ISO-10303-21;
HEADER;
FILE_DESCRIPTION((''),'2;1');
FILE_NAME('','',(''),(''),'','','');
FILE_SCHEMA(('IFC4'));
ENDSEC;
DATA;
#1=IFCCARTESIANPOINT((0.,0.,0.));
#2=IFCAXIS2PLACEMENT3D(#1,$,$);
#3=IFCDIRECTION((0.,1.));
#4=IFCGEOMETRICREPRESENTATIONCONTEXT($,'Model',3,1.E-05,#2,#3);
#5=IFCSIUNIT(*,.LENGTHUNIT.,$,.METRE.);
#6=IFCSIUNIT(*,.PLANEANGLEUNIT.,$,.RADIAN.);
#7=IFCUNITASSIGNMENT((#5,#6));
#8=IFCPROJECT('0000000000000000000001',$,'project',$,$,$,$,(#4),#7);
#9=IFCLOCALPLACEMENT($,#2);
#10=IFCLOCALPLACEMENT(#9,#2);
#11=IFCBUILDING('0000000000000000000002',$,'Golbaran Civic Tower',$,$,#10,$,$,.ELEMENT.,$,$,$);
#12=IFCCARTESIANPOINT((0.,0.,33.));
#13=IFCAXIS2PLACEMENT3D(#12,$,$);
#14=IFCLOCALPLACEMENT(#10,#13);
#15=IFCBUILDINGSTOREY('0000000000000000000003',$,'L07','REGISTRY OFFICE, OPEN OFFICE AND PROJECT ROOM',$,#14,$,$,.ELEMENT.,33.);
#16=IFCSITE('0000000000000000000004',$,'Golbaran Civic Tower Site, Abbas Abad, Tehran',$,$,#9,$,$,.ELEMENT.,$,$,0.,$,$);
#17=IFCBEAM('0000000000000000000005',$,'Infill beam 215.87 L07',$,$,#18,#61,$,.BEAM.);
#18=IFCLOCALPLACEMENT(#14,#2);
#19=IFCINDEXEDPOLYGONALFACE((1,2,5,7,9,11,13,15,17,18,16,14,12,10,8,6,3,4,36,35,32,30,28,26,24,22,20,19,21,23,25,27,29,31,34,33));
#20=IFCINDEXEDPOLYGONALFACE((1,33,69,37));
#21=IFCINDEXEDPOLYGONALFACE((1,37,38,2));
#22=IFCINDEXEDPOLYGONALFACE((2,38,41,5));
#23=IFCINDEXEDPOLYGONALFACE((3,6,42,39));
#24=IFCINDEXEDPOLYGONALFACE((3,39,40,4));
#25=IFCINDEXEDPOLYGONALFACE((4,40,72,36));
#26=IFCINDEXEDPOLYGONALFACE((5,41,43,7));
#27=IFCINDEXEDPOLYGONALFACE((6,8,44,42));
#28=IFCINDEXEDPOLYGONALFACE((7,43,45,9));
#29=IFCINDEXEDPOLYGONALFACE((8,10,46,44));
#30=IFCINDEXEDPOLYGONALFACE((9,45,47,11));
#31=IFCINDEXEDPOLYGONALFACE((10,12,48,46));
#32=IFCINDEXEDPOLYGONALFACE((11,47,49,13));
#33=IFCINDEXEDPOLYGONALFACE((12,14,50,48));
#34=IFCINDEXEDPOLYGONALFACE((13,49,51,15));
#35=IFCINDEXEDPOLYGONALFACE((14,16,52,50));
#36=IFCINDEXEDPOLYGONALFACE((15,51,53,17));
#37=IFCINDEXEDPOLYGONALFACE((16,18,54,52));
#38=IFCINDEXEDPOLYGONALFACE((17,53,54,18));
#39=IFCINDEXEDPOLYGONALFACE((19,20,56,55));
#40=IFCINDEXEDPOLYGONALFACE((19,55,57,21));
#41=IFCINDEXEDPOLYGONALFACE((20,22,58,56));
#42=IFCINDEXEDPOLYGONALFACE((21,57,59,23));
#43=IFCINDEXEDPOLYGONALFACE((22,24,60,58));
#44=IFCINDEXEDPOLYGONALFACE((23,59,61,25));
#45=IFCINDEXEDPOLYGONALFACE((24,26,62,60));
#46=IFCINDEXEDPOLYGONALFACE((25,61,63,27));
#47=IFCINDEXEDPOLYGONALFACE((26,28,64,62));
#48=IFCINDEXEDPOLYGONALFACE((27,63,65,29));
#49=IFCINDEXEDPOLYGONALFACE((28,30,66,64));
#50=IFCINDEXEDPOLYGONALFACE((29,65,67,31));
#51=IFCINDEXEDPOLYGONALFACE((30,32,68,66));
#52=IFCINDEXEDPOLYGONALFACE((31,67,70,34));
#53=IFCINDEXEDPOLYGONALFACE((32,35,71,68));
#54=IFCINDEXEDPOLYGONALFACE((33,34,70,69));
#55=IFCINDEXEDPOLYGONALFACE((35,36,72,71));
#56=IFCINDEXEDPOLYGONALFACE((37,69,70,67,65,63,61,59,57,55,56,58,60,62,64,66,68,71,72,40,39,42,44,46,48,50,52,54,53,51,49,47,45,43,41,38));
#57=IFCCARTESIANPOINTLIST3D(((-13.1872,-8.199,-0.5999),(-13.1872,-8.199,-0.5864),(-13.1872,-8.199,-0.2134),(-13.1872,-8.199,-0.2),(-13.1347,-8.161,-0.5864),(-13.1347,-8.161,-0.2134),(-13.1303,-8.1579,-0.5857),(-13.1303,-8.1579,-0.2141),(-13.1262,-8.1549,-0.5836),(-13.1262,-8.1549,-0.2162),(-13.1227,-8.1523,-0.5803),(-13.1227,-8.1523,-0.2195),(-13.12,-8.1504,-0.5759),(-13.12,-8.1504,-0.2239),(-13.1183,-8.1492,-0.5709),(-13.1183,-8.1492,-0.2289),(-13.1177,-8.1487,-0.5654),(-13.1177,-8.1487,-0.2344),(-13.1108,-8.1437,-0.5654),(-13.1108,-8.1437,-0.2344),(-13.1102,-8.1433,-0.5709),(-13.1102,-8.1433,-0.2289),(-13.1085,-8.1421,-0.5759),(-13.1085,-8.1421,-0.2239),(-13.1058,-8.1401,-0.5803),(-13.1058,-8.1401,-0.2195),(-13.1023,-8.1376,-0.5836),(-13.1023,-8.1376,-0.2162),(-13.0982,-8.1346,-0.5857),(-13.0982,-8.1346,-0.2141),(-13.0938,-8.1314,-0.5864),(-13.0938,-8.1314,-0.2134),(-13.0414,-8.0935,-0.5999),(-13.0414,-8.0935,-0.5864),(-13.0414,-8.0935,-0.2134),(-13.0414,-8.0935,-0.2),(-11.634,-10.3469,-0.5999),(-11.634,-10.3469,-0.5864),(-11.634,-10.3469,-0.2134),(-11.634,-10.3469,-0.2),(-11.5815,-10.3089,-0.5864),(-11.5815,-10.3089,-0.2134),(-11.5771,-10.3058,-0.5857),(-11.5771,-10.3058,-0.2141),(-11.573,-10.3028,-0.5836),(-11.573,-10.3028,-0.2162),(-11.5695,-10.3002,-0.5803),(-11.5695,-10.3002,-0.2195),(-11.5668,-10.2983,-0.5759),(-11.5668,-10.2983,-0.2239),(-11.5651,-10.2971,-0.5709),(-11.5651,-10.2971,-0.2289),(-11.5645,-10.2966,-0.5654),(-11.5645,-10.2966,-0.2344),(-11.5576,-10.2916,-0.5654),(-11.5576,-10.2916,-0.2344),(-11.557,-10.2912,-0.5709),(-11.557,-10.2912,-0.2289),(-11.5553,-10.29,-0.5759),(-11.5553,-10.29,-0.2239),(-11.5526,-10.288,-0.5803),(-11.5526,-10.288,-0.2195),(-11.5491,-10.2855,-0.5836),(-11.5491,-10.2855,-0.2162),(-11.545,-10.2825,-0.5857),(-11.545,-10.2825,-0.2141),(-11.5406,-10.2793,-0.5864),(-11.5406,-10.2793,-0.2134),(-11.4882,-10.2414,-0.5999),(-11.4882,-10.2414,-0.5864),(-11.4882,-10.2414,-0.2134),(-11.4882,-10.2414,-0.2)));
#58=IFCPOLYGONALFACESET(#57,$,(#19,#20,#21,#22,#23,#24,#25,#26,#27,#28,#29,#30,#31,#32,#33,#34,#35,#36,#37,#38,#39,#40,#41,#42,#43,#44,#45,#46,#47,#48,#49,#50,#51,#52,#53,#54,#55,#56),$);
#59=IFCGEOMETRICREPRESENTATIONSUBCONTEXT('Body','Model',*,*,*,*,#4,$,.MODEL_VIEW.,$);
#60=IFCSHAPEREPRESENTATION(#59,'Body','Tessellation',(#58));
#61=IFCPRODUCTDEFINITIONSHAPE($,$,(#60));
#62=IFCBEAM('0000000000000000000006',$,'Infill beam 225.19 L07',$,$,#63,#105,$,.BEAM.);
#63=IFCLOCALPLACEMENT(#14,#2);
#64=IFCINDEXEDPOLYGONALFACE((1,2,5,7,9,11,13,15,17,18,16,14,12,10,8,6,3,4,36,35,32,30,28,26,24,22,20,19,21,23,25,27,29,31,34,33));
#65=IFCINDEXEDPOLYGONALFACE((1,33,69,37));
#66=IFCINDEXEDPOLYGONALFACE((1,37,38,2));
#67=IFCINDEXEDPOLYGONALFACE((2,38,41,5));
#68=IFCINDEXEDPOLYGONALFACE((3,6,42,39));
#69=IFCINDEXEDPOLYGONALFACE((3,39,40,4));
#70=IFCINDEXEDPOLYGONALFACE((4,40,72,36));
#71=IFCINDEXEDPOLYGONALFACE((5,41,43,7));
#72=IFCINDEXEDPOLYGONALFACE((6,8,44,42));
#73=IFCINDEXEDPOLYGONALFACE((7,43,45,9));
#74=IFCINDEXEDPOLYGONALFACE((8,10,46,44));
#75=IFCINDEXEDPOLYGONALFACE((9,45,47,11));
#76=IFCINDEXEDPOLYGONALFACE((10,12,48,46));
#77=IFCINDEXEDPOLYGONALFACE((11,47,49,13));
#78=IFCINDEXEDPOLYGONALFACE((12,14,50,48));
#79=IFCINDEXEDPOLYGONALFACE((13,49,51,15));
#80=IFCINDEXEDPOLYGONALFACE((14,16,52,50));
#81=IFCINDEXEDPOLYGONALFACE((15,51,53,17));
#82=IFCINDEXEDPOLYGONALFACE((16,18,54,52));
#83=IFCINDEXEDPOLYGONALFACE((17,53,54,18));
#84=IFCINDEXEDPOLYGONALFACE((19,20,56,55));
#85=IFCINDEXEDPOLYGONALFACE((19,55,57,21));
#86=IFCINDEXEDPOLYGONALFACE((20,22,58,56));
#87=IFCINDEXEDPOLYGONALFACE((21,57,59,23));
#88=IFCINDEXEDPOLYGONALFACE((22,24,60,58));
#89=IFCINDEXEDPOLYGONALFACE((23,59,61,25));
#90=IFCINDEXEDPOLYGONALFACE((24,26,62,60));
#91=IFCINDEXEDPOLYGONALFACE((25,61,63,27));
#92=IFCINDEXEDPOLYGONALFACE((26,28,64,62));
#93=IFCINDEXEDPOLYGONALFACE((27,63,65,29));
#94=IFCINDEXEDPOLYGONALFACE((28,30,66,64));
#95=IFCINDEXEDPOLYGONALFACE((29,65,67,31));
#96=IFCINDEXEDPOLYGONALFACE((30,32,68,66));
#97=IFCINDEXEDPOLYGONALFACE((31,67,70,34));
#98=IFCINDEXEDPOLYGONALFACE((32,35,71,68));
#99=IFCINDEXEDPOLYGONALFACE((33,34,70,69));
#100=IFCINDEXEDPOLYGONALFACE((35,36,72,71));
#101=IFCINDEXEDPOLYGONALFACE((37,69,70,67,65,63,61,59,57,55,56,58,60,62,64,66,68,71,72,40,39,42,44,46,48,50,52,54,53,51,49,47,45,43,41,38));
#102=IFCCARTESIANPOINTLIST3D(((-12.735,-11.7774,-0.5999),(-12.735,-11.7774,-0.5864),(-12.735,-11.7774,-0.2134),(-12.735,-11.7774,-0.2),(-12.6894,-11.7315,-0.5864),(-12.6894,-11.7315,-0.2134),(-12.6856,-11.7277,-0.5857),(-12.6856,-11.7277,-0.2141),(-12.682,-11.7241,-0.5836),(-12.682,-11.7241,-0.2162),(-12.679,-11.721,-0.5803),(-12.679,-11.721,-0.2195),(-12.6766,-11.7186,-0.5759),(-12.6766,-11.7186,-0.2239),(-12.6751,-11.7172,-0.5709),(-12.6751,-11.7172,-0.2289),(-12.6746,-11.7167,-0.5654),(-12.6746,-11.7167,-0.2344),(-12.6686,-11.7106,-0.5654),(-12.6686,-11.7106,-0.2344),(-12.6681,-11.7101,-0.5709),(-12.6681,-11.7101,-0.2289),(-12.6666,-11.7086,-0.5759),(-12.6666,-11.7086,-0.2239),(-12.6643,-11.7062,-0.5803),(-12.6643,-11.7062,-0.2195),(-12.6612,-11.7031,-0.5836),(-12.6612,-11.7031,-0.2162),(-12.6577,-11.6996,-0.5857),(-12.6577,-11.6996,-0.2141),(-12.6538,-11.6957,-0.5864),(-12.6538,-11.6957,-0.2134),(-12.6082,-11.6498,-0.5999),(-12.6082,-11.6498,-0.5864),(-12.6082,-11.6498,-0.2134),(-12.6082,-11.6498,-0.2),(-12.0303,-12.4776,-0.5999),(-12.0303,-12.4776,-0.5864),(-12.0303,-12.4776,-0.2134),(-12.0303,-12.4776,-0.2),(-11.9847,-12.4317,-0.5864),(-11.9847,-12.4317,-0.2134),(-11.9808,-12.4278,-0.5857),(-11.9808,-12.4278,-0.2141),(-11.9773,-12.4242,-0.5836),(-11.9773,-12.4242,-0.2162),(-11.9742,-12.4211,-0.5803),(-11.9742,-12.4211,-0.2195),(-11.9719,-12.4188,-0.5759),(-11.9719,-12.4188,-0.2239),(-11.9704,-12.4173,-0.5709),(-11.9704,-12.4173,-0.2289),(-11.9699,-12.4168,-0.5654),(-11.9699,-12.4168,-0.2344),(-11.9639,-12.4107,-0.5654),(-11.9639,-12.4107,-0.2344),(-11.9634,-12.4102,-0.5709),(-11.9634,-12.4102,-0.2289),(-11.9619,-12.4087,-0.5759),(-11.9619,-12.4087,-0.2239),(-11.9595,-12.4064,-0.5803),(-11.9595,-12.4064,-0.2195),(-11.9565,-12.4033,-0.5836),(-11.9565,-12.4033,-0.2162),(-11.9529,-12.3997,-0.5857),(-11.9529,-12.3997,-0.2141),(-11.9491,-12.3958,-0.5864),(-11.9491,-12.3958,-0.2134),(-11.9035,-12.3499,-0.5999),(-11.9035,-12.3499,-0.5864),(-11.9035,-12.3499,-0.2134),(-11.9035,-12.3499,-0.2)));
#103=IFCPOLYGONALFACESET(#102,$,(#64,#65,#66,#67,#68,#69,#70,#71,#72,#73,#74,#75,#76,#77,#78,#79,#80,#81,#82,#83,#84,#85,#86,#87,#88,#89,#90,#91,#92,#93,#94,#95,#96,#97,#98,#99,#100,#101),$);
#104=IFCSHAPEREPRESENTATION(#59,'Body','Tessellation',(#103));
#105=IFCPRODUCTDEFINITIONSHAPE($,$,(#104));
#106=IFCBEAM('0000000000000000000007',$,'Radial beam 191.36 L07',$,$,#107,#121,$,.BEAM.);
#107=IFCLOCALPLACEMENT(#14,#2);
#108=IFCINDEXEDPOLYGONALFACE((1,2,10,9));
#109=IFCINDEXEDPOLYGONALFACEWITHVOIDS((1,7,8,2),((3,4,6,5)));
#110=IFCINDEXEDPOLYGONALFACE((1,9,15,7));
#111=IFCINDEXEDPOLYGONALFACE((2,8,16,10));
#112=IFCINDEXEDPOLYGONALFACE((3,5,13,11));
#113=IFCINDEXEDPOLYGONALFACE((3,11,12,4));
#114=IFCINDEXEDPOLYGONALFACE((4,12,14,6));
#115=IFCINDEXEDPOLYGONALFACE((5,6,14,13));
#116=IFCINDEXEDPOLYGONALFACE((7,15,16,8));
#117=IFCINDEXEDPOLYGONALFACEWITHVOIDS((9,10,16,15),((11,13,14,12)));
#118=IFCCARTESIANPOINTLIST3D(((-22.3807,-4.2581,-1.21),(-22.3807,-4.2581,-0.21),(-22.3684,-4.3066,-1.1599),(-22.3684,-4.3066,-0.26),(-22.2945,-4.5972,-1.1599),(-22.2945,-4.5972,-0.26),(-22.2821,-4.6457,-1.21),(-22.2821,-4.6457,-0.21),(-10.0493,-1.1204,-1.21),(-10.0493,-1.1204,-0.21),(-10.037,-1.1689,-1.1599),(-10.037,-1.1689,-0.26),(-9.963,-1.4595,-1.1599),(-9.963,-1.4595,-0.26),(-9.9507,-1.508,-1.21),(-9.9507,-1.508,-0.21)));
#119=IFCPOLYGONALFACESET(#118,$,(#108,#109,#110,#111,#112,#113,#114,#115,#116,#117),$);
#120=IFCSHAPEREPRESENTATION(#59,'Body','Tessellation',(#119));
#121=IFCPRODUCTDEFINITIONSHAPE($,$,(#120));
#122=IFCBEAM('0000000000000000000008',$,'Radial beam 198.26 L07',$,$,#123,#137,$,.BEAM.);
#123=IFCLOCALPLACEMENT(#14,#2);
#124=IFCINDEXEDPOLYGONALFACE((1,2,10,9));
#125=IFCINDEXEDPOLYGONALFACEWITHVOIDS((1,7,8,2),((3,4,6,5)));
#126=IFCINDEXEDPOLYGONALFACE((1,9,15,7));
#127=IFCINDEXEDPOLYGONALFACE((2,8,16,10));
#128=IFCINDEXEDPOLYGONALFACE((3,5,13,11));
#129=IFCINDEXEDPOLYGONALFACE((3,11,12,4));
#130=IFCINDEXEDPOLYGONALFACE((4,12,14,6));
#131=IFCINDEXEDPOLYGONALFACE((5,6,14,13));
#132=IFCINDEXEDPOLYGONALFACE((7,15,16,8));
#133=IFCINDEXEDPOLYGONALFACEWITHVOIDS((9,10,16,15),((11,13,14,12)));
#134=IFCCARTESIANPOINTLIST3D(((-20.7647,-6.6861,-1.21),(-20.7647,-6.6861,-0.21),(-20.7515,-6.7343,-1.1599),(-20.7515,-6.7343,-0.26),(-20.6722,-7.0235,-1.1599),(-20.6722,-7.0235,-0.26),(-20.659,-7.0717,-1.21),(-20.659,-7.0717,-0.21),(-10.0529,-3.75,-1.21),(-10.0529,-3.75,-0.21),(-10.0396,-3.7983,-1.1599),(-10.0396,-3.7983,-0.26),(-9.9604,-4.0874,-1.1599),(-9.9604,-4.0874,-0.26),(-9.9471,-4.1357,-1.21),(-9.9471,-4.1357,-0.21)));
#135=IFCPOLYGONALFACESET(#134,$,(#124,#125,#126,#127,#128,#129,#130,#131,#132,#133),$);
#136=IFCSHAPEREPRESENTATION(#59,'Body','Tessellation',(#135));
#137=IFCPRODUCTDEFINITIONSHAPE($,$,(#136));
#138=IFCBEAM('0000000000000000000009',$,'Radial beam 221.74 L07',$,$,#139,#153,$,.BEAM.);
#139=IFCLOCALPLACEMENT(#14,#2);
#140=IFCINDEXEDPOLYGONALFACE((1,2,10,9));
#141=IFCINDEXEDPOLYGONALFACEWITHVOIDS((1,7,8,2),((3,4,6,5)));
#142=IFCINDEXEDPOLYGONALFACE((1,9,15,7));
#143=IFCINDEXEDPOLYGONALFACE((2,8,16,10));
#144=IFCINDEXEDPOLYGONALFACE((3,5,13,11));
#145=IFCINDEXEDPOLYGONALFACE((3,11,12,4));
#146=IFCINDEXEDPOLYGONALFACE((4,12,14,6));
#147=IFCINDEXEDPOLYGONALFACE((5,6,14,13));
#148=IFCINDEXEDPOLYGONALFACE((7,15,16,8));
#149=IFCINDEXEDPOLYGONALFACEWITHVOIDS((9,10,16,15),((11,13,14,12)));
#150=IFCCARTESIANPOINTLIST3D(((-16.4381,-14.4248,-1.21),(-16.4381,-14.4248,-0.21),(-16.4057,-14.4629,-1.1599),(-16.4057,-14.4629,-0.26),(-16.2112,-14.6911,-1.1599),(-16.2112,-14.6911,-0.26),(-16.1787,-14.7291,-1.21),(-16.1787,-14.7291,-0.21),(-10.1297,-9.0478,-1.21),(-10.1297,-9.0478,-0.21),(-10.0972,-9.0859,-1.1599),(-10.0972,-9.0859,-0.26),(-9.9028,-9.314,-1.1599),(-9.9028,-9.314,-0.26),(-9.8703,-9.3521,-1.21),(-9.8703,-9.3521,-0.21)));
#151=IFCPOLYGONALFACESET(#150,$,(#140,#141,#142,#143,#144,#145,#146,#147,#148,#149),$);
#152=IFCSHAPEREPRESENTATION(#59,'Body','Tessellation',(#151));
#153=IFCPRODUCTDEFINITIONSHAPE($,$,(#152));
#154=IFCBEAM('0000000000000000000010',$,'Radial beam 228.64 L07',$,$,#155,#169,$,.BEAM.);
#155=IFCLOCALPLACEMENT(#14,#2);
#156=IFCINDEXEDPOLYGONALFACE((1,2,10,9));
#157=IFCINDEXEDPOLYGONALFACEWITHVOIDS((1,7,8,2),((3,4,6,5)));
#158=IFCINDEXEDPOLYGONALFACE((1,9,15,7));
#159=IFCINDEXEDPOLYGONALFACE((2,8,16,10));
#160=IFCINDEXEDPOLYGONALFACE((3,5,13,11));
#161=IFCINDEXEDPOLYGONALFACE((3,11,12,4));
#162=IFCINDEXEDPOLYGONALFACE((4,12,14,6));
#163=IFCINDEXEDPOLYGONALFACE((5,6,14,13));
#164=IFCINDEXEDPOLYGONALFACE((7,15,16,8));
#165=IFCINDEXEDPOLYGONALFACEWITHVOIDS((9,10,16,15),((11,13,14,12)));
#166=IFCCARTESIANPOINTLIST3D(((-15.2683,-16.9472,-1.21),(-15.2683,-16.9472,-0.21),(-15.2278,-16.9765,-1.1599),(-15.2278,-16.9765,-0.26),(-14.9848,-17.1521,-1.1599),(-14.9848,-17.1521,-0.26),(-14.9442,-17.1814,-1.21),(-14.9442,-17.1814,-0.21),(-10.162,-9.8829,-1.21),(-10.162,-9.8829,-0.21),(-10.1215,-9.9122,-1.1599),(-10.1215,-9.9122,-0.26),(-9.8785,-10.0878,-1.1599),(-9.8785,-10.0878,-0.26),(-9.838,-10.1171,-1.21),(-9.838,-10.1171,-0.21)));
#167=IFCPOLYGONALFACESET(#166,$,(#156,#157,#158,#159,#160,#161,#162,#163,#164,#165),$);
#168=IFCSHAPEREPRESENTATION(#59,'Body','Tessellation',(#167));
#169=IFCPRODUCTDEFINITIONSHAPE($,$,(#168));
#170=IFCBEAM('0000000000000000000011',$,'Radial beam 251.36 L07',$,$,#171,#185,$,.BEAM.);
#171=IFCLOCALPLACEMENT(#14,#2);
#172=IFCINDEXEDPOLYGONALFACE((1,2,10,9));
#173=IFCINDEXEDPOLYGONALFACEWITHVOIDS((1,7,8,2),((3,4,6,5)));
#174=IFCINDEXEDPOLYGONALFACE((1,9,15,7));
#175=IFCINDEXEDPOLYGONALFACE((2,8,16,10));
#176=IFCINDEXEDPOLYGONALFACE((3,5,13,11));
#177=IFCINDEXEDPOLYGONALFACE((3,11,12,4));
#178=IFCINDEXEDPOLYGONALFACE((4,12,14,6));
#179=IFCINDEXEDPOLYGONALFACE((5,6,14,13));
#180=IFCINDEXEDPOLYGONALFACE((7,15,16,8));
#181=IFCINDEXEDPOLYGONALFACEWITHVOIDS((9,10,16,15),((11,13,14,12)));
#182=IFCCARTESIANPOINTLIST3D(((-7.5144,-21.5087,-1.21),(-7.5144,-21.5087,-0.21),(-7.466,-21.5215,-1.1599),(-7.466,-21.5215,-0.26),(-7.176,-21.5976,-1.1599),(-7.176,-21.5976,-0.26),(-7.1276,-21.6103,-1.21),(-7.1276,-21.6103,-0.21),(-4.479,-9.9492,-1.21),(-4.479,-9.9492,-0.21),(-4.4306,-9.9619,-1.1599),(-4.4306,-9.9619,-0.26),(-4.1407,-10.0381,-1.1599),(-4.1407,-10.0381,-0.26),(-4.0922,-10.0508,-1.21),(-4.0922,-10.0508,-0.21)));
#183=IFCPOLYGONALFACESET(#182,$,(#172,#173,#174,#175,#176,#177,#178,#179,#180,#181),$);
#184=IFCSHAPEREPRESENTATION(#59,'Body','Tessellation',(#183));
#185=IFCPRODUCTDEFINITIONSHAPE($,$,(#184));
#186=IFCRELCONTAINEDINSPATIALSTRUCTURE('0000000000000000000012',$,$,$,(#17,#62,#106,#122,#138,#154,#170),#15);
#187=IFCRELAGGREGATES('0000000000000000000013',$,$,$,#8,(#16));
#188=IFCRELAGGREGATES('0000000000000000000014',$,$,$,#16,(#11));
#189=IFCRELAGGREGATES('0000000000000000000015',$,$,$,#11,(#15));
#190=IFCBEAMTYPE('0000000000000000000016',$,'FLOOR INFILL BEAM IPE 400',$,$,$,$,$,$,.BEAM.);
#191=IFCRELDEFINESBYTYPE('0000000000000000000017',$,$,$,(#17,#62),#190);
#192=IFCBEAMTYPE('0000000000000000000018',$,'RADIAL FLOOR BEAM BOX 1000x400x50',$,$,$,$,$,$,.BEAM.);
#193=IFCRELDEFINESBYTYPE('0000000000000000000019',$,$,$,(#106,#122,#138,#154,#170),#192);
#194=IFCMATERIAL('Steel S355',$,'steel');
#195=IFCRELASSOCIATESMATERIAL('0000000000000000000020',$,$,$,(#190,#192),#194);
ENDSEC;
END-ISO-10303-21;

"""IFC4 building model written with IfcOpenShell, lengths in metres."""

from ifc_helpers import new_model, si_unit, direction, frame, origin, origin_2d, place, context, subcontext, project, spatial, hollow_rectangle, i_section, extrude, material, material_profile, profile_set, type_object, element, save


model = new_model("IFC4")

# Units and contexts
model_context = context("Model", 3, precision=1e-05, world=origin(), true_north=direction((0.0, 1.0)))
body_context = subcontext(model_context, "Body", "Model", "MODEL_VIEW")
ifc_project = project(units=[si_unit("LENGTHUNIT", "METRE"), si_unit("PLANEANGLEUNIT", "RADIAN")], contexts=[model_context])

# Site, building, storey
site_placement = place(None, origin())
site = spatial("IfcSite", under=ifc_project, at=site_placement, Name="Golbaran Civic Tower Site, Abbas Abad, Tehran", CompositionType="ELEMENT", RefElevation=0.0)
building_placement = place(site_placement, origin())
building = spatial("IfcBuilding", under=site, at=building_placement, Name="Golbaran Civic Tower", CompositionType="ELEMENT")
storey_placement = place(building_placement, frame((0.0, 0.0, 33.0)))
storey = spatial("IfcBuildingStorey", under=building, at=storey_placement, Name="L07", Description="REGISTRY OFFICE, OPEN OFFICE AND PROJECT ROOM", CompositionType="ELEMENT", Elevation=33.0)

# Beams
ifc_material_1 = material(Name="Steel S355", Category="steel")
ifc_material_profile_1 = material_profile(ifc_material_1, i_section(OverallWidth=0.1799, OverallDepth=0.3999, WebThickness=0.0085, FlangeThickness=0.0134, FilletRadius=0.021, at=origin_2d()), Name="IPE 400")
ifc_profile_set_1 = profile_set([ifc_material_profile_1], Name="Steel S355")
beam_type_1 = type_object("IfcBeamType", Name="FLOOR INFILL BEAM IPE 400", PredefinedType="BEAM", material=ifc_profile_set_1)
beam_1_placement = place(storey_placement, frame((-13.1143, -8.1462, -0.3999), z_axis=(0.585968, -0.810334, 0.0), x_axis=(0.810334, 0.585968, 0.0)))
element("IfcBeam", 1, at=beam_1_placement, inside=storey, type_object=beam_type_1, Name="Infill beam 215.87 L07", PredefinedType="BEAM", context=body_context, shape_type="SweptSolid", body=[
    extrude(i_section(OverallWidth=0.1799, OverallDepth=0.3999, WebThickness=0.0085, FlangeThickness=0.0134, FilletRadius=0.021, at=origin_2d()), origin(), (0.0, 0.0, 1.0), 2.6506),
])
beam_2_placement = place(storey_placement, frame((-12.6716, -11.7136, -0.3999), z_axis=(0.709437, -0.704768, 0.0), x_axis=(0.704768, 0.709437, 0.0)))
element("IfcBeam", 2, at=beam_2_placement, inside=storey, type_object=beam_type_1, Name="Infill beam 225.19 L07", PredefinedType="BEAM", context=body_context, shape_type="SweptSolid", body=[
    extrude(i_section(OverallWidth=0.1799, OverallDepth=0.3999, WebThickness=0.0085, FlangeThickness=0.0134, FilletRadius=0.021, at=origin_2d()), origin(), (0.0, 0.0, 1.0), 0.9934),
])
ifc_material_profile_2 = material_profile(ifc_material_1, hollow_rectangle(XDim=0.3999, YDim=1.0, WallThickness=0.05, at=origin_2d()), Name="BOX 1000x400x50")
ifc_profile_set_2 = profile_set([ifc_material_profile_2], Name="Steel S355")
beam_type_2 = type_object("IfcBeamType", Name="RADIAL FLOOR BEAM BOX 1000x400x50", PredefinedType="BEAM", material=ifc_profile_set_2)
beam_3_placement = place(storey_placement, frame((-10.0, -1.3142, -0.71), z_axis=(-0.969121, -0.246588, 0.0), x_axis=(0.246588, -0.969121, 0.0)))
element("IfcBeam", 3, at=beam_3_placement, inside=storey, type_object=beam_type_2, Name="Radial beam 191.36 L07", PredefinedType="BEAM", context=body_context, shape_type="SweptSolid", body=[
    extrude(hollow_rectangle(XDim=0.3999, YDim=1.0, WallThickness=0.05, at=origin_2d()), origin(), (0.0, 0.0, 1.0), 12.7244),
])
beam_4_placement = place(storey_placement, frame((-10.0, -3.9429, -0.71), z_axis=(-0.964429, -0.264341, 0.0), x_axis=(0.264341, -0.964429, 0.0)))
element("IfcBeam", 4, at=beam_4_placement, inside=storey, type_object=beam_type_2, Name="Radial beam 198.26 L07", PredefinedType="BEAM", context=body_context, shape_type="SweptSolid", body=[
    extrude(hollow_rectangle(XDim=0.3999, YDim=1.0, WallThickness=0.05, at=origin_2d()), origin(), (0.0, 0.0, 1.0), 11.1069),
])
beam_5_placement = place(storey_placement, frame((-10.0, -9.2, -0.71), z_axis=(-0.761054, -0.648688, 0.0), x_axis=(0.648688, -0.761054, 0.0)))
element("IfcBeam", 5, at=beam_5_placement, inside=storey, type_object=beam_type_2, Name="Radial beam 221.74 L07", PredefinedType="BEAM", context=body_context, shape_type="SweptSolid", body=[
    extrude(hollow_rectangle(XDim=0.3999, YDim=1.0, WallThickness=0.05, at=origin_2d()), origin(), (0.0, 0.0, 1.0), 8.2891),
])
beam_6_placement = place(storey_placement, frame((-10.0, -10.0, -0.71), z_axis=(-0.585813, -0.810447, 0.0), x_axis=(0.810447, -0.585813, 0.0)))
element("IfcBeam", 6, at=beam_6_placement, inside=storey, type_object=beam_type_2, Name="Radial beam 228.64 L07", PredefinedType="BEAM", context=body_context, shape_type="SweptSolid", body=[
    extrude(hollow_rectangle(XDim=0.3999, YDim=1.0, WallThickness=0.05, at=origin_2d()), origin(), (0.0, 0.0, 1.0), 8.7166),
])
beam_7_placement = place(storey_placement, frame((-4.2856, -10.0, -0.71), z_axis=(-0.253977, -0.96721, 0.0), x_axis=(0.96721, -0.253977, 0.0)))
element("IfcBeam", 7, at=beam_7_placement, inside=storey, type_object=beam_type_2, Name="Radial beam 251.36 L07", PredefinedType="BEAM", context=body_context, shape_type="SweptSolid", body=[
    extrude(hollow_rectangle(XDim=0.3999, YDim=1.0, WallThickness=0.05, at=origin_2d()), origin(), (0.0, 0.0, 1.0), 11.9514),
])

save(model, "model.ifc")
